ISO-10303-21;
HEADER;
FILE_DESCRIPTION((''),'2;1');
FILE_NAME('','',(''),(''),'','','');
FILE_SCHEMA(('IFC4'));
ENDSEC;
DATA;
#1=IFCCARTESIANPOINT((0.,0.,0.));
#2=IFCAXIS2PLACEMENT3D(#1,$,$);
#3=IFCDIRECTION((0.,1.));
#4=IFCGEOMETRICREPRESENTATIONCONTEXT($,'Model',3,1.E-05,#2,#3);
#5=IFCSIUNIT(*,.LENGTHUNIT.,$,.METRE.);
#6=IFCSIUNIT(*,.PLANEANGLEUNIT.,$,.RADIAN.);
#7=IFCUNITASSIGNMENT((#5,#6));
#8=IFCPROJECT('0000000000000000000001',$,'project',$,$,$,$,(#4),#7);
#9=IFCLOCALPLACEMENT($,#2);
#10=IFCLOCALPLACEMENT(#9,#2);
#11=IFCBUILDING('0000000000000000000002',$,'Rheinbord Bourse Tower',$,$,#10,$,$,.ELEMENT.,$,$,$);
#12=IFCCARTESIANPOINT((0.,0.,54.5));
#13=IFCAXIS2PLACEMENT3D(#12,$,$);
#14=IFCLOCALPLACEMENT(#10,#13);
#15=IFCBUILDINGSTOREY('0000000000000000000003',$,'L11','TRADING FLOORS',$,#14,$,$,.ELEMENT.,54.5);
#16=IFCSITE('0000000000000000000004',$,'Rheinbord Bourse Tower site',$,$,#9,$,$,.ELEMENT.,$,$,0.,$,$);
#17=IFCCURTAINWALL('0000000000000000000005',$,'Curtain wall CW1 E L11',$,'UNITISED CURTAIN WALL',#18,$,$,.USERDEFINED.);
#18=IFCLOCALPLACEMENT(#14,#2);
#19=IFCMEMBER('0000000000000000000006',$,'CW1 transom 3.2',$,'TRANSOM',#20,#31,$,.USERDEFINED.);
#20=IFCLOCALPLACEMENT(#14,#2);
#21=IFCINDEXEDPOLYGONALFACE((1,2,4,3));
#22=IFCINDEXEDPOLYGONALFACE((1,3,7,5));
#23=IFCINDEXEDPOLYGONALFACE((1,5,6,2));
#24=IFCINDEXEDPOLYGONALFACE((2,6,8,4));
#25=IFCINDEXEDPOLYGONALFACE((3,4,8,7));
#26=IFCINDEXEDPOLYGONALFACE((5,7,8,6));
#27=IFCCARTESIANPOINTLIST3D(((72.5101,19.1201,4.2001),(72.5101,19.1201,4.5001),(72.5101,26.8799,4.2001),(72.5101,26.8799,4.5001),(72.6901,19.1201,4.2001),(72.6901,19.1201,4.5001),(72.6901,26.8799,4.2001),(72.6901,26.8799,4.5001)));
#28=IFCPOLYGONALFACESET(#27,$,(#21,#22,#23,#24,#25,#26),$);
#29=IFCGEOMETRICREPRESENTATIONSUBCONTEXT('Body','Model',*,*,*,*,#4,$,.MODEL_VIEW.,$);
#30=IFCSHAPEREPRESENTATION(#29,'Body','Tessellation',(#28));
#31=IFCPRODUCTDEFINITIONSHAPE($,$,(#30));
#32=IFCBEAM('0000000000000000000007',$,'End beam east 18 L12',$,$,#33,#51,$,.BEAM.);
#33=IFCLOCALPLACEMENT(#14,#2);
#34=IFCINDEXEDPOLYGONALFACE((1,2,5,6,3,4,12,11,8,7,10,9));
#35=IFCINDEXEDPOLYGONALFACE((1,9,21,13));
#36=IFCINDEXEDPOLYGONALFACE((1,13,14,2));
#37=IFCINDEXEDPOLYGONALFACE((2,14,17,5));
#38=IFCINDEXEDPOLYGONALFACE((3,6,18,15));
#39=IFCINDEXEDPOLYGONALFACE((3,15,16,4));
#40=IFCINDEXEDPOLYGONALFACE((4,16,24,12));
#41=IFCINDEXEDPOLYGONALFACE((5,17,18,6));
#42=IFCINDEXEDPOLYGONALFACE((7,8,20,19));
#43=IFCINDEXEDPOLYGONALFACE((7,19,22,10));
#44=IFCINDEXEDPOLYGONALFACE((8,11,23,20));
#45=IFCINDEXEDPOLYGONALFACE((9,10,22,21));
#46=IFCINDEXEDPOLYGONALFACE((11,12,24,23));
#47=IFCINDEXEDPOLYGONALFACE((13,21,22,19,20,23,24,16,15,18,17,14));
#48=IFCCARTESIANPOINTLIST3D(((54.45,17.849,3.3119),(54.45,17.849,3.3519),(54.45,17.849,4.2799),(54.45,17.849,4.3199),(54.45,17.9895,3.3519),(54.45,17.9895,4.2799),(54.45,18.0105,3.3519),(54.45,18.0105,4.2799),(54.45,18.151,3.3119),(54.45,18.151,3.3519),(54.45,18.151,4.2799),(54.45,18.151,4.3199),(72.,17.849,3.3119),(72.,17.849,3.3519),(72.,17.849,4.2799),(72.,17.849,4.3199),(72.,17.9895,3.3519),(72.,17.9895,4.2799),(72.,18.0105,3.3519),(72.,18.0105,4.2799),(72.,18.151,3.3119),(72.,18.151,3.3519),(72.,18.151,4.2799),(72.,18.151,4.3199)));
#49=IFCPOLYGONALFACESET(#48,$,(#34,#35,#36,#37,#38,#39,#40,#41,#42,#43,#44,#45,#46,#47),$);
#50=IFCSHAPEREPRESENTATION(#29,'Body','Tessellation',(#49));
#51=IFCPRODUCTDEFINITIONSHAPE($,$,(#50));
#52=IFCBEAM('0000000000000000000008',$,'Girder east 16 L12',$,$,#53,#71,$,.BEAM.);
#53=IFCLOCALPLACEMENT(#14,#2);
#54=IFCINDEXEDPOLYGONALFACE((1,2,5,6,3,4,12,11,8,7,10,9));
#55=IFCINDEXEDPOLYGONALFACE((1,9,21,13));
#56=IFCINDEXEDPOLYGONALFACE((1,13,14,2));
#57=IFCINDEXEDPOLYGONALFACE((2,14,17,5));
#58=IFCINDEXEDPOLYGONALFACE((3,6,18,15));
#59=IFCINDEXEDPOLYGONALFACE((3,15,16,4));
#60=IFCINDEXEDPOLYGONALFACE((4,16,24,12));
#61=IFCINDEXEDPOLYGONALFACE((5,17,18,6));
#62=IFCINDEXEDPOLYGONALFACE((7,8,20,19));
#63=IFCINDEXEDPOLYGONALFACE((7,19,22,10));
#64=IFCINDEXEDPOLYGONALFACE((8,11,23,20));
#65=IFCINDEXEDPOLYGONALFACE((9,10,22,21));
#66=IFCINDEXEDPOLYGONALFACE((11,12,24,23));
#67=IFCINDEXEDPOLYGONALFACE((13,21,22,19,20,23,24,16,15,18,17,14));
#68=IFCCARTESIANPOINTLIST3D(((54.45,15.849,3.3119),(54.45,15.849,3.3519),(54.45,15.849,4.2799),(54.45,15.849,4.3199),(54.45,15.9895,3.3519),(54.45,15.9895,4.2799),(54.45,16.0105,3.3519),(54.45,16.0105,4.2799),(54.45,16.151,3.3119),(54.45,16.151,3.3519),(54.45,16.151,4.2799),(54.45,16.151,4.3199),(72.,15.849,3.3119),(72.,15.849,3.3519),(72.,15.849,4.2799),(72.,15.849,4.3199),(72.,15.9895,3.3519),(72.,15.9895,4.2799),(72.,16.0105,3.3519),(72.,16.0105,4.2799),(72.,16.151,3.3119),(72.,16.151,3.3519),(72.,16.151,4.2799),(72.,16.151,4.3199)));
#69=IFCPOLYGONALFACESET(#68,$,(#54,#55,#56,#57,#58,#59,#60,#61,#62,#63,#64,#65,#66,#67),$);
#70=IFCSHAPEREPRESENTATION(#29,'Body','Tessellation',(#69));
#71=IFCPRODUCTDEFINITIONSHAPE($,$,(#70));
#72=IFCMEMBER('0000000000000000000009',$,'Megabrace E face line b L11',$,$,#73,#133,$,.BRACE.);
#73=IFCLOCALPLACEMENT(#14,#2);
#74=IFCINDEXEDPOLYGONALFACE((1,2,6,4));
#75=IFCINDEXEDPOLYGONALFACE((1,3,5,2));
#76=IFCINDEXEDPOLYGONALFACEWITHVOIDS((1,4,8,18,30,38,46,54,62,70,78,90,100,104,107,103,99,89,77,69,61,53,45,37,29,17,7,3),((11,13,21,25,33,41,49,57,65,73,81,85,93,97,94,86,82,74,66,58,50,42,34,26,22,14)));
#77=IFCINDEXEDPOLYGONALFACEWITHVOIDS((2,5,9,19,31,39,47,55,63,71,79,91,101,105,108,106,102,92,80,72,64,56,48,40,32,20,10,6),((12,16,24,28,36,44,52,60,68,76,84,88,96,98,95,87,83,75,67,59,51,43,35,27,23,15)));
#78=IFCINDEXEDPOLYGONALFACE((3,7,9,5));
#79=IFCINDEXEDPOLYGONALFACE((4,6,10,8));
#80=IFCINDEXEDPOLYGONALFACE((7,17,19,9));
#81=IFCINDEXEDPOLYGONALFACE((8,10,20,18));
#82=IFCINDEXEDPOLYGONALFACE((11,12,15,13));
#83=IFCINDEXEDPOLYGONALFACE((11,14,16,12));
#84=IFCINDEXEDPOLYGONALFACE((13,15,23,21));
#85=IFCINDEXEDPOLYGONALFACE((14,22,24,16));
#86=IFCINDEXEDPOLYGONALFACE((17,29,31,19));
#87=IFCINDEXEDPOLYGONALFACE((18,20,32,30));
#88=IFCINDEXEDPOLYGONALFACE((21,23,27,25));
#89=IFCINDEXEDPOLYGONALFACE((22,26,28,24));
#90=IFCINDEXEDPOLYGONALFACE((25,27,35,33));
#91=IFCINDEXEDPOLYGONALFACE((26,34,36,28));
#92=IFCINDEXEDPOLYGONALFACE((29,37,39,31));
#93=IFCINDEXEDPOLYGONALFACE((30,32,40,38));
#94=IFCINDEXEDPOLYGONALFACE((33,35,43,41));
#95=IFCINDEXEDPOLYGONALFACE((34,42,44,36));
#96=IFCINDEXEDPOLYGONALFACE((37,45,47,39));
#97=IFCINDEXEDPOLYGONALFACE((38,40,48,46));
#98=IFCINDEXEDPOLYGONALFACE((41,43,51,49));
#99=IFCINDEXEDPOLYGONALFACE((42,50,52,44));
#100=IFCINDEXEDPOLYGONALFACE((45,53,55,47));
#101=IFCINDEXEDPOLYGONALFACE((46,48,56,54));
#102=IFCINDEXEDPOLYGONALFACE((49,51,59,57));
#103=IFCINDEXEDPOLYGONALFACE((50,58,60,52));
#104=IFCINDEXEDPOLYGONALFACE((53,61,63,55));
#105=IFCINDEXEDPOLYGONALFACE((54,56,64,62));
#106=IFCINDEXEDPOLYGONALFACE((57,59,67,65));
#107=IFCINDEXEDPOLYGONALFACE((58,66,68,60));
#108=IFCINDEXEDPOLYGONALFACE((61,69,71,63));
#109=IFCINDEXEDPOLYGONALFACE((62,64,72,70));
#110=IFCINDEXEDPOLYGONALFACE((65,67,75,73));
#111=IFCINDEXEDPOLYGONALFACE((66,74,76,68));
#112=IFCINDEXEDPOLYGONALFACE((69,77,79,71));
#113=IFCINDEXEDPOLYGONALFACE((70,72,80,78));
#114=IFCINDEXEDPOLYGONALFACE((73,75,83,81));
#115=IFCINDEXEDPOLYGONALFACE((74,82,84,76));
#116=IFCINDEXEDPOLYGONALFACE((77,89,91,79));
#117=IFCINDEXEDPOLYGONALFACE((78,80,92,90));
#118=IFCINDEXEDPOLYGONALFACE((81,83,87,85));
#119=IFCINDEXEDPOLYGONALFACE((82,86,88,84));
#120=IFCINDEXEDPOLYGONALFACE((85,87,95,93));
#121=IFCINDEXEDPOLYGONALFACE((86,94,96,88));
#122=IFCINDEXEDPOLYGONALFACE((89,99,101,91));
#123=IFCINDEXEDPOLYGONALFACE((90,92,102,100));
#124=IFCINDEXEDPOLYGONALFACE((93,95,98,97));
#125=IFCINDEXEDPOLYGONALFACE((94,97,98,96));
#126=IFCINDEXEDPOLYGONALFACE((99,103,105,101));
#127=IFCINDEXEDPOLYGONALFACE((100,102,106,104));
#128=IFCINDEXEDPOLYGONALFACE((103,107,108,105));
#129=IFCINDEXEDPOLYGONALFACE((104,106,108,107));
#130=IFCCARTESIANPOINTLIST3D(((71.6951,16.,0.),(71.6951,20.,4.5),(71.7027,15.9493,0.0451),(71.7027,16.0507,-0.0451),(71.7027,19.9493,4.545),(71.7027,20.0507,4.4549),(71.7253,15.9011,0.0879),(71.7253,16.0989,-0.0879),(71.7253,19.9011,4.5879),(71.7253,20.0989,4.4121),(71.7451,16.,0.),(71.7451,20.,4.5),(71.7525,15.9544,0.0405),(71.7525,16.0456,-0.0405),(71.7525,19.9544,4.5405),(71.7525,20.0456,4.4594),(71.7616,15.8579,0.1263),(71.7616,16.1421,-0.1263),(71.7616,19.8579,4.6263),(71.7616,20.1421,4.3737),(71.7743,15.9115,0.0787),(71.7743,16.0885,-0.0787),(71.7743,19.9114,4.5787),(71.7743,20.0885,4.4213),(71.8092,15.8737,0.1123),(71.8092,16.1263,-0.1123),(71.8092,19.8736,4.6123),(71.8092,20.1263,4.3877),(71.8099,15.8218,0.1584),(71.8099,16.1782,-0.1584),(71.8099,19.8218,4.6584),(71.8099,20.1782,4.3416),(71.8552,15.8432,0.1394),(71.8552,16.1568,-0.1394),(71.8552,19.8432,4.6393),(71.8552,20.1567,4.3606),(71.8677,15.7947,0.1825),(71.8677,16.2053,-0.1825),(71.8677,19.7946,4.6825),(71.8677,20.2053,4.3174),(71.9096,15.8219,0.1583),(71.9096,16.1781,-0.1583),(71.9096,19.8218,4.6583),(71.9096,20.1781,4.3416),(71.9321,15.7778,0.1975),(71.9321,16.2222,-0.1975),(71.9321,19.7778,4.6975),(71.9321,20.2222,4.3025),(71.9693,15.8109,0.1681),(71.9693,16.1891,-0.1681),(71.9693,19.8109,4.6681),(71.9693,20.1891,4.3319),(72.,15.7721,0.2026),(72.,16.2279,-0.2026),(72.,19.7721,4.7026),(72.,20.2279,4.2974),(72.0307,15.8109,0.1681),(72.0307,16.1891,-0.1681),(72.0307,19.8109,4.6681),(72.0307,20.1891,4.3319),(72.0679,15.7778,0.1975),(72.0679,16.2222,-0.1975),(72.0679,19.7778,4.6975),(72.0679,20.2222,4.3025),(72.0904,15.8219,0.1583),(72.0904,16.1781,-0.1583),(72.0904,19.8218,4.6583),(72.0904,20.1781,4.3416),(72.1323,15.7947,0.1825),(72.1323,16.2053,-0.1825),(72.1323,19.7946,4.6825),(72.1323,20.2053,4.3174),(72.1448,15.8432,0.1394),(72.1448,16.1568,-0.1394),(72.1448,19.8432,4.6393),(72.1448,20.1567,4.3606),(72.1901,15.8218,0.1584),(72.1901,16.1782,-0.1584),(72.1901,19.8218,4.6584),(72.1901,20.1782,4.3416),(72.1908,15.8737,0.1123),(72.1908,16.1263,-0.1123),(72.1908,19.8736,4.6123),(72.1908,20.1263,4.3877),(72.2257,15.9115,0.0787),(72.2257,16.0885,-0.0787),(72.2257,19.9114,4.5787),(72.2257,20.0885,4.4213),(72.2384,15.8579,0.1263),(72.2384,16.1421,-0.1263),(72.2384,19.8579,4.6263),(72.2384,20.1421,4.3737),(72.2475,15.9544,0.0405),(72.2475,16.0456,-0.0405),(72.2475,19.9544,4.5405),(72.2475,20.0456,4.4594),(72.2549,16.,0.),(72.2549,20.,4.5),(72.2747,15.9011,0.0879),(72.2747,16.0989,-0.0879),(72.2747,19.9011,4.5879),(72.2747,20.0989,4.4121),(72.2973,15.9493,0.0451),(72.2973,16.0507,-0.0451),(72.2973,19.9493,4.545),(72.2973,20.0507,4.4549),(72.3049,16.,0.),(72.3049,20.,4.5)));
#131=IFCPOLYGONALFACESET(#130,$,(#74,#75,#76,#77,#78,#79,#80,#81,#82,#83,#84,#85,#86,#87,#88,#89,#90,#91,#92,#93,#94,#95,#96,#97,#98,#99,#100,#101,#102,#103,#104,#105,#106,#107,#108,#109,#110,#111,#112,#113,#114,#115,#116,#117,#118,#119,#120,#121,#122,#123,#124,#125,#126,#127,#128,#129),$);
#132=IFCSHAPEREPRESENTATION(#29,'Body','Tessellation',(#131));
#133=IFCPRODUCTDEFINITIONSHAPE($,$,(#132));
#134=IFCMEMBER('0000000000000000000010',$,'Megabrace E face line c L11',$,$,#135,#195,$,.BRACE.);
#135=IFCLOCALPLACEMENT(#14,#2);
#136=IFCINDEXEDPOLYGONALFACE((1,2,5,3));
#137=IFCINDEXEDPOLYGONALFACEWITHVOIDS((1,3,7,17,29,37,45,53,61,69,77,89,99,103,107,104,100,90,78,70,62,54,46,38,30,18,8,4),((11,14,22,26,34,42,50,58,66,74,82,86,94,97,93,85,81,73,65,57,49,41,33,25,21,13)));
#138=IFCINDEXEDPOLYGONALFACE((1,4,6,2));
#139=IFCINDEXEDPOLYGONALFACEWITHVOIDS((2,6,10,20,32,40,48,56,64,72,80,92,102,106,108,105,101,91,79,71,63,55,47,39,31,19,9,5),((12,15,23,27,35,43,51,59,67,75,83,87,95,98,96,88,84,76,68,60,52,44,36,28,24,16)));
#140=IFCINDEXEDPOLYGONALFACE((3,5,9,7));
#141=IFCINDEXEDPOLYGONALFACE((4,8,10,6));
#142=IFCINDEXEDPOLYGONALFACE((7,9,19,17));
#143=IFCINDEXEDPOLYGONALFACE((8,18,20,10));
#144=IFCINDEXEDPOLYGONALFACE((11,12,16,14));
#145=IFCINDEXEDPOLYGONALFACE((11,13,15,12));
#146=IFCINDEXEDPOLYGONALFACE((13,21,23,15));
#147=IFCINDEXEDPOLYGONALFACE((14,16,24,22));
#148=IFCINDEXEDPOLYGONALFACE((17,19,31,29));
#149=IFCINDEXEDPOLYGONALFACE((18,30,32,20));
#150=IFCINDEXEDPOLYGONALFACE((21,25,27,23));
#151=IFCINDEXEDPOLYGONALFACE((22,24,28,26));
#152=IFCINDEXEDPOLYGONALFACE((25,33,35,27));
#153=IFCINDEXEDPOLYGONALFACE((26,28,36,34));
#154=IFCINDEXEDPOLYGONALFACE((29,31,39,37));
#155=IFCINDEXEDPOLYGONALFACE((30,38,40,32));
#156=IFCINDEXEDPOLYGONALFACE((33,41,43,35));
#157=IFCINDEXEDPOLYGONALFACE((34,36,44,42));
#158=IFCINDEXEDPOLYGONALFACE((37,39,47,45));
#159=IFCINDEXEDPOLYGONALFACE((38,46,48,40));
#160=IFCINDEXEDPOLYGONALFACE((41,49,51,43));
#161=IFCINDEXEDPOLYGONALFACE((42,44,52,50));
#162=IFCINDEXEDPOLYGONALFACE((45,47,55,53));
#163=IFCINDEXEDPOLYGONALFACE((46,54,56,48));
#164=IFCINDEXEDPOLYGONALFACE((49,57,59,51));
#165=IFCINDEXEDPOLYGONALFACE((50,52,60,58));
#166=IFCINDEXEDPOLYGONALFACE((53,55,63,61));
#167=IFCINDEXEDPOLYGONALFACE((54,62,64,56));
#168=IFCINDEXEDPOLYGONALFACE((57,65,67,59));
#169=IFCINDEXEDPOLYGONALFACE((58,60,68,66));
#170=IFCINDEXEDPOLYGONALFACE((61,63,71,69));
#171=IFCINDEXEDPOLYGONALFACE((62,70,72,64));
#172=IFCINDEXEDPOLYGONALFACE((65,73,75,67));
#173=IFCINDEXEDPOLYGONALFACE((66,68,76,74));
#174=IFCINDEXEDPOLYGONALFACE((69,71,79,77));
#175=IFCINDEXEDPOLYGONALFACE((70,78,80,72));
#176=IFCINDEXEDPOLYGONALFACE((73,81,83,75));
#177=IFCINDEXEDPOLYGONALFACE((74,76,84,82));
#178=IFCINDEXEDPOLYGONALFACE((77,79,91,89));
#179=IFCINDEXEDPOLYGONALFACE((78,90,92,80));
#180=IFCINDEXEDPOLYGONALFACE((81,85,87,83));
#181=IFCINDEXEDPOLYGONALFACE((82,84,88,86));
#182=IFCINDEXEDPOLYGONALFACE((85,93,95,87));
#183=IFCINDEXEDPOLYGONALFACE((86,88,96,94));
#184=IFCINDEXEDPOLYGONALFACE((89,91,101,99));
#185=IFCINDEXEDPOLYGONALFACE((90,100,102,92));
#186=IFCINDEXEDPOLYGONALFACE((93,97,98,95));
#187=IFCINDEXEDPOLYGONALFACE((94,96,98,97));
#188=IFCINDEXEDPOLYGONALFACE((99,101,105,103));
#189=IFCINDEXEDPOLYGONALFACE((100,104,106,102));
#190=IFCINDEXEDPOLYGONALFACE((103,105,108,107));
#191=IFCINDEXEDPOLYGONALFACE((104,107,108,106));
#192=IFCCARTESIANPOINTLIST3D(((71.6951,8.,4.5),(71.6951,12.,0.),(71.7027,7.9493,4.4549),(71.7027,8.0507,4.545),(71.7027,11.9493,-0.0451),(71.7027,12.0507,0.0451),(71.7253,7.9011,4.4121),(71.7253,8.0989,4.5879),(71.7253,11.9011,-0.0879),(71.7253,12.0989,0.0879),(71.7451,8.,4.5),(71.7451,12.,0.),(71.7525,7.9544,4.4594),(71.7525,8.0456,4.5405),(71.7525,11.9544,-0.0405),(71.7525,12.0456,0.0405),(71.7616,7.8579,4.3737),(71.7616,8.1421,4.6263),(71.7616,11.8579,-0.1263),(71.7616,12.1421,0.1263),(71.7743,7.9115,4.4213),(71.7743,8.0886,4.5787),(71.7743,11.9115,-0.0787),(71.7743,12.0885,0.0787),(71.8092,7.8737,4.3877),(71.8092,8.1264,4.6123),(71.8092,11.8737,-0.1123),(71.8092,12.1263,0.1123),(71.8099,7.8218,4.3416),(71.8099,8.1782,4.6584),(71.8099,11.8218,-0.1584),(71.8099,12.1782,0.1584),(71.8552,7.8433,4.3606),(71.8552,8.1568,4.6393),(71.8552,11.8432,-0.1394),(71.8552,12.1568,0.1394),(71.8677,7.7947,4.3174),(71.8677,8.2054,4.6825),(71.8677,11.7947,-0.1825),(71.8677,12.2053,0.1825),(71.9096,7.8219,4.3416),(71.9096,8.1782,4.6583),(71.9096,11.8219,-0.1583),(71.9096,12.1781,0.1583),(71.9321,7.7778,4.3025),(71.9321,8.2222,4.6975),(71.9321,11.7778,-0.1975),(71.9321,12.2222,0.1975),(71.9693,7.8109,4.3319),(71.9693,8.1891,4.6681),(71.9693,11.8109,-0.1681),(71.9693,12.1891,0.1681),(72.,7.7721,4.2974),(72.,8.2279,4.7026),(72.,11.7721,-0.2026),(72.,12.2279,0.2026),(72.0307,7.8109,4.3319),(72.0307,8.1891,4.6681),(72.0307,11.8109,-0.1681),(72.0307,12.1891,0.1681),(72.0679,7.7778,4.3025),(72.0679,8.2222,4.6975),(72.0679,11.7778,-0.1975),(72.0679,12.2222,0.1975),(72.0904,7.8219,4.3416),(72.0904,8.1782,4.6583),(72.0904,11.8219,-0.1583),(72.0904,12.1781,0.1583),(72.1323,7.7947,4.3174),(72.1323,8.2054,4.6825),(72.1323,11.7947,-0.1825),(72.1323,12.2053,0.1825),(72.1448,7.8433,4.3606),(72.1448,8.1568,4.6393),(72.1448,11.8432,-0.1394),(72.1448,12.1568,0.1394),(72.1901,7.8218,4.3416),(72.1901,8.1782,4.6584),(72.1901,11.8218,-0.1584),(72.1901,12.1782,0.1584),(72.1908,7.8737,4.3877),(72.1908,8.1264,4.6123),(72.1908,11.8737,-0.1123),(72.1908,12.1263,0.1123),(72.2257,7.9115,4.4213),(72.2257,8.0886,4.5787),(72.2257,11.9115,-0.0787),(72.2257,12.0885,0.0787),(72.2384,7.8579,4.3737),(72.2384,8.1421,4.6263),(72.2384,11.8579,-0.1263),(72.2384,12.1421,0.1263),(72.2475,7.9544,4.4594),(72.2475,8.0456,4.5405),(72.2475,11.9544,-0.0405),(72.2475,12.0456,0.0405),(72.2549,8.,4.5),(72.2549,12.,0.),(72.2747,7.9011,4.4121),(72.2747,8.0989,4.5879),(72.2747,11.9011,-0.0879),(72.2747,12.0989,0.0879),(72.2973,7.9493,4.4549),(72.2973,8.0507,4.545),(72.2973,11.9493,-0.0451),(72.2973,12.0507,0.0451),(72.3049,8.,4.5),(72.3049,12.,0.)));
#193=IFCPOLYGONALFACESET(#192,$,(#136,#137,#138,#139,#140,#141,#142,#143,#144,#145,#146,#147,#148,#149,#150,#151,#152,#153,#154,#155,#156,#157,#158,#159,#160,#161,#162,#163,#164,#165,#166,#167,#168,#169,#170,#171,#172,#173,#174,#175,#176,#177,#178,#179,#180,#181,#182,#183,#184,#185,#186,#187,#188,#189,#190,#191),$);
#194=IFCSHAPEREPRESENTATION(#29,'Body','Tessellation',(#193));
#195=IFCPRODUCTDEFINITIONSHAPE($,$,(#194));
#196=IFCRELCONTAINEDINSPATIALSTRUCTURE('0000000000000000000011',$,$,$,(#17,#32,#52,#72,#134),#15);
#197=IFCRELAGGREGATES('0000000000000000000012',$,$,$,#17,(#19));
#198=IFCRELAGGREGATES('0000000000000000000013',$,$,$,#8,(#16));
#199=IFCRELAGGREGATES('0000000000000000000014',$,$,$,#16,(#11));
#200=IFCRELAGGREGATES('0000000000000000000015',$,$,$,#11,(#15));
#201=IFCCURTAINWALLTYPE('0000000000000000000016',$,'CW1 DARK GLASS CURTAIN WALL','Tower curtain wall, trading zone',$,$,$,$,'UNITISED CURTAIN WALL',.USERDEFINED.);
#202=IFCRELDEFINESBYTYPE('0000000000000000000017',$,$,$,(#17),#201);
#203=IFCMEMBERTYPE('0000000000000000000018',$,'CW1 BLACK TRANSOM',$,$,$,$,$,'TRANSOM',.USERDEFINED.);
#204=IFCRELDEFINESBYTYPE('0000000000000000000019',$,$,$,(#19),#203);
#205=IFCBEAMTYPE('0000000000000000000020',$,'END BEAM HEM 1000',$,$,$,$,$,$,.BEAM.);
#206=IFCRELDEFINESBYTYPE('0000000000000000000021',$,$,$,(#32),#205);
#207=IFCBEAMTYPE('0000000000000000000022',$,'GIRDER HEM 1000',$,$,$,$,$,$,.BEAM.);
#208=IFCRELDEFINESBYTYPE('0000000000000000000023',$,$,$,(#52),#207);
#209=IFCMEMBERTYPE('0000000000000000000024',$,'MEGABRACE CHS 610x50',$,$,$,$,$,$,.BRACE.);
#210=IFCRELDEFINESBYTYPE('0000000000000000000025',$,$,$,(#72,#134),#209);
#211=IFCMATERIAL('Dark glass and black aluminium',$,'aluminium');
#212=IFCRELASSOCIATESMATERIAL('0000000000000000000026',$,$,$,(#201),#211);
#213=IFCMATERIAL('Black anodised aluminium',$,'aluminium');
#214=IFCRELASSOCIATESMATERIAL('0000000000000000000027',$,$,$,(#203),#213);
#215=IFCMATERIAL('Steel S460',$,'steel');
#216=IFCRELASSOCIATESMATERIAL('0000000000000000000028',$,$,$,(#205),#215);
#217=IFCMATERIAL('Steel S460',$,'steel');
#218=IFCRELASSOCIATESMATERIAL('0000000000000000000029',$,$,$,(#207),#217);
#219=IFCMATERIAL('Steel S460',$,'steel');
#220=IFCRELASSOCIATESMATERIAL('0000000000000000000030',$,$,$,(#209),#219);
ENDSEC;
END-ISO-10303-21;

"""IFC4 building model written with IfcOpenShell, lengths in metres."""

from ifc_helpers import new_model, si_unit, direction, frame, origin, origin_2d, place, context, subcontext, project, spatial, rectangle, hollow_circle, i_section, extrude, material, material_profile, profile_set, type_object, element, aggregate, save


model = new_model("IFC4")

# Units and contexts
model_context = context("Model", 3, precision=1e-05, world=origin(), true_north=direction((0.0, 1.0)))
body_context = subcontext(model_context, "Body", "Model", "MODEL_VIEW")
ifc_project = project(units=[si_unit("LENGTHUNIT", "METRE"), si_unit("PLANEANGLEUNIT", "RADIAN")], contexts=[model_context])

# Site, building, storey
site_placement = place(None, origin())
site = spatial("IfcSite", under=ifc_project, at=site_placement, Name="Rheinbord Bourse Tower site", CompositionType="ELEMENT", RefElevation=0.0)
building_placement = place(site_placement, origin())
building = spatial("IfcBuilding", under=site, at=building_placement, Name="Rheinbord Bourse Tower", CompositionType="ELEMENT")
storey_placement = place(building_placement, frame((0.0, 0.0, 54.5)))
storey = spatial("IfcBuildingStorey", under=building, at=storey_placement, Name="L11", Description="TRADING FLOORS", CompositionType="ELEMENT", Elevation=54.5)

# Curtain wall, member
ifc_material_1 = material(Name="Dark glass and black aluminium", Category="aluminium")
curtain_wall_type = type_object("IfcCurtainWallType", Name="CW1 DARK GLASS CURTAIN WALL", Description="Tower curtain wall, trading zone", ElementType="UNITISED CURTAIN WALL", PredefinedType="USERDEFINED", material=ifc_material_1)
curtain_wall_placement = place(storey_placement, origin())
curtain_wall = element("IfcCurtainWall", 1, at=curtain_wall_placement, inside=storey, type_object=curtain_wall_type, Name="Curtain wall CW1 E L11", ObjectType="UNITISED CURTAIN WALL", PredefinedType="USERDEFINED")
ifc_material_2 = material(Name="Black anodised aluminium", Category="aluminium")
ifc_material_profile_1 = material_profile(ifc_material_2, rectangle(XDim=0.1799, YDim=0.3, at=origin_2d()), Name="CW1 TRANSOM 300x180")
ifc_profile_set_1 = profile_set([ifc_material_profile_1], Name="Black anodised aluminium")
member_type_1 = type_object("IfcMemberType", Name="CW1 BLACK TRANSOM", ElementType="TRANSOM", PredefinedType="USERDEFINED", material=ifc_profile_set_1)
member_1_placement = place(storey_placement, frame((72.6001, 19.1201, 4.3501), z_axis=(0.0, 1.0, 0.0), x_axis=(-1.0, 0.0, 0.0)))
member_1 = element("IfcMember", 2, at=member_1_placement, type_object=member_type_1, Name="CW1 transom 3.2", ObjectType="TRANSOM", PredefinedType="USERDEFINED", context=body_context, shape_type="SweptSolid", body=[
    extrude(rectangle(XDim=0.1799, YDim=0.3, at=origin_2d()), origin(), (0.0, 0.0, 1.0), 7.7598),
])

# Beams
ifc_material_3 = material(Name="Steel S460", Category="steel")
ifc_material_profile_2 = material_profile(ifc_material_3, i_section(OverallWidth=0.302, OverallDepth=1.0081, WebThickness=0.021, FlangeThickness=0.04, at=origin_2d()), Name="HEM 1000")
ifc_profile_set_2 = profile_set([ifc_material_profile_2], Name="Steel S460")
beam_type_1 = type_object("IfcBeamType", Name="END BEAM HEM 1000", PredefinedType="BEAM", material=ifc_profile_set_2)
beam_1_placement = place(storey_placement, frame((54.45, 18.0, 3.8159), z_axis=(1.0, 0.0, 0.0), x_axis=(0.0, 1.0, 0.0)))
element("IfcBeam", 3, at=beam_1_placement, inside=storey, type_object=beam_type_1, Name="End beam east 18 L12", PredefinedType="BEAM", context=body_context, shape_type="SweptSolid", body=[
    extrude(i_section(OverallWidth=0.302, OverallDepth=1.0081, WebThickness=0.021, FlangeThickness=0.04, at=origin_2d()), origin(), (0.0, 0.0, 1.0), 17.55),
])
ifc_material_4 = material(Name="Steel S460", Category="steel")
ifc_material_profile_3 = material_profile(ifc_material_4, i_section(OverallWidth=0.302, OverallDepth=1.0081, WebThickness=0.021, FlangeThickness=0.04, at=origin_2d()), Name="HEM 1000")
ifc_profile_set_3 = profile_set([ifc_material_profile_3], Name="Steel S460")
beam_type_2 = type_object("IfcBeamType", Name="GIRDER HEM 1000", PredefinedType="BEAM", material=ifc_profile_set_3)
beam_2_placement = place(storey_placement, frame((54.45, 16.0, 3.8159), z_axis=(1.0, 0.0, 0.0), x_axis=(0.0, 1.0, 0.0)))
element("IfcBeam", 4, at=beam_2_placement, inside=storey, type_object=beam_type_2, Name="Girder east 16 L12", PredefinedType="BEAM", context=body_context, shape_type="SweptSolid", body=[
    extrude(i_section(OverallWidth=0.302, OverallDepth=1.0081, WebThickness=0.021, FlangeThickness=0.04, at=origin_2d()), origin(), (0.0, 0.0, 1.0), 17.55),
])

# Members
ifc_material_5 = material(Name="Steel S460", Category="steel")
ifc_material_profile_4 = material_profile(ifc_material_5, hollow_circle(Radius=0.3049, WallThickness=0.05, at=origin_2d()), Name="CHS 610x50")
ifc_profile_set_4 = profile_set([ifc_material_profile_4], Name="Steel S460")
member_type_2 = type_object("IfcMemberType", Name="MEGABRACE CHS 610x50", PredefinedType="BRACE", material=ifc_profile_set_4)
for number, where, z_axis, x_axis, name in (
    (5, (72.0, 16.0, 0.0), (0.0, 0.664364, 0.747409), (-1.0, 0.0, 0.0), "Megabrace E face line b L11"),
    (6, (72.0, 12.0, 0.0), (0.0, -0.664364, 0.747409), (1.0, 0.0, 0.0), "Megabrace E face line c L11"),
):
    element("IfcMember", number, at=place(storey_placement, frame(where, z_axis=z_axis, x_axis=x_axis)), inside=storey, type_object=member_type_2, Name=name, PredefinedType="BRACE", context=body_context, shape_type="SweptSolid", body=[
        extrude(hollow_circle(Radius=0.3049, WallThickness=0.05, at=origin_2d()), origin(), (0.0, 0.0, 1.0), 6.0208),
    ])

aggregate(curtain_wall, [member_1])

save(model, "model.ifc")
